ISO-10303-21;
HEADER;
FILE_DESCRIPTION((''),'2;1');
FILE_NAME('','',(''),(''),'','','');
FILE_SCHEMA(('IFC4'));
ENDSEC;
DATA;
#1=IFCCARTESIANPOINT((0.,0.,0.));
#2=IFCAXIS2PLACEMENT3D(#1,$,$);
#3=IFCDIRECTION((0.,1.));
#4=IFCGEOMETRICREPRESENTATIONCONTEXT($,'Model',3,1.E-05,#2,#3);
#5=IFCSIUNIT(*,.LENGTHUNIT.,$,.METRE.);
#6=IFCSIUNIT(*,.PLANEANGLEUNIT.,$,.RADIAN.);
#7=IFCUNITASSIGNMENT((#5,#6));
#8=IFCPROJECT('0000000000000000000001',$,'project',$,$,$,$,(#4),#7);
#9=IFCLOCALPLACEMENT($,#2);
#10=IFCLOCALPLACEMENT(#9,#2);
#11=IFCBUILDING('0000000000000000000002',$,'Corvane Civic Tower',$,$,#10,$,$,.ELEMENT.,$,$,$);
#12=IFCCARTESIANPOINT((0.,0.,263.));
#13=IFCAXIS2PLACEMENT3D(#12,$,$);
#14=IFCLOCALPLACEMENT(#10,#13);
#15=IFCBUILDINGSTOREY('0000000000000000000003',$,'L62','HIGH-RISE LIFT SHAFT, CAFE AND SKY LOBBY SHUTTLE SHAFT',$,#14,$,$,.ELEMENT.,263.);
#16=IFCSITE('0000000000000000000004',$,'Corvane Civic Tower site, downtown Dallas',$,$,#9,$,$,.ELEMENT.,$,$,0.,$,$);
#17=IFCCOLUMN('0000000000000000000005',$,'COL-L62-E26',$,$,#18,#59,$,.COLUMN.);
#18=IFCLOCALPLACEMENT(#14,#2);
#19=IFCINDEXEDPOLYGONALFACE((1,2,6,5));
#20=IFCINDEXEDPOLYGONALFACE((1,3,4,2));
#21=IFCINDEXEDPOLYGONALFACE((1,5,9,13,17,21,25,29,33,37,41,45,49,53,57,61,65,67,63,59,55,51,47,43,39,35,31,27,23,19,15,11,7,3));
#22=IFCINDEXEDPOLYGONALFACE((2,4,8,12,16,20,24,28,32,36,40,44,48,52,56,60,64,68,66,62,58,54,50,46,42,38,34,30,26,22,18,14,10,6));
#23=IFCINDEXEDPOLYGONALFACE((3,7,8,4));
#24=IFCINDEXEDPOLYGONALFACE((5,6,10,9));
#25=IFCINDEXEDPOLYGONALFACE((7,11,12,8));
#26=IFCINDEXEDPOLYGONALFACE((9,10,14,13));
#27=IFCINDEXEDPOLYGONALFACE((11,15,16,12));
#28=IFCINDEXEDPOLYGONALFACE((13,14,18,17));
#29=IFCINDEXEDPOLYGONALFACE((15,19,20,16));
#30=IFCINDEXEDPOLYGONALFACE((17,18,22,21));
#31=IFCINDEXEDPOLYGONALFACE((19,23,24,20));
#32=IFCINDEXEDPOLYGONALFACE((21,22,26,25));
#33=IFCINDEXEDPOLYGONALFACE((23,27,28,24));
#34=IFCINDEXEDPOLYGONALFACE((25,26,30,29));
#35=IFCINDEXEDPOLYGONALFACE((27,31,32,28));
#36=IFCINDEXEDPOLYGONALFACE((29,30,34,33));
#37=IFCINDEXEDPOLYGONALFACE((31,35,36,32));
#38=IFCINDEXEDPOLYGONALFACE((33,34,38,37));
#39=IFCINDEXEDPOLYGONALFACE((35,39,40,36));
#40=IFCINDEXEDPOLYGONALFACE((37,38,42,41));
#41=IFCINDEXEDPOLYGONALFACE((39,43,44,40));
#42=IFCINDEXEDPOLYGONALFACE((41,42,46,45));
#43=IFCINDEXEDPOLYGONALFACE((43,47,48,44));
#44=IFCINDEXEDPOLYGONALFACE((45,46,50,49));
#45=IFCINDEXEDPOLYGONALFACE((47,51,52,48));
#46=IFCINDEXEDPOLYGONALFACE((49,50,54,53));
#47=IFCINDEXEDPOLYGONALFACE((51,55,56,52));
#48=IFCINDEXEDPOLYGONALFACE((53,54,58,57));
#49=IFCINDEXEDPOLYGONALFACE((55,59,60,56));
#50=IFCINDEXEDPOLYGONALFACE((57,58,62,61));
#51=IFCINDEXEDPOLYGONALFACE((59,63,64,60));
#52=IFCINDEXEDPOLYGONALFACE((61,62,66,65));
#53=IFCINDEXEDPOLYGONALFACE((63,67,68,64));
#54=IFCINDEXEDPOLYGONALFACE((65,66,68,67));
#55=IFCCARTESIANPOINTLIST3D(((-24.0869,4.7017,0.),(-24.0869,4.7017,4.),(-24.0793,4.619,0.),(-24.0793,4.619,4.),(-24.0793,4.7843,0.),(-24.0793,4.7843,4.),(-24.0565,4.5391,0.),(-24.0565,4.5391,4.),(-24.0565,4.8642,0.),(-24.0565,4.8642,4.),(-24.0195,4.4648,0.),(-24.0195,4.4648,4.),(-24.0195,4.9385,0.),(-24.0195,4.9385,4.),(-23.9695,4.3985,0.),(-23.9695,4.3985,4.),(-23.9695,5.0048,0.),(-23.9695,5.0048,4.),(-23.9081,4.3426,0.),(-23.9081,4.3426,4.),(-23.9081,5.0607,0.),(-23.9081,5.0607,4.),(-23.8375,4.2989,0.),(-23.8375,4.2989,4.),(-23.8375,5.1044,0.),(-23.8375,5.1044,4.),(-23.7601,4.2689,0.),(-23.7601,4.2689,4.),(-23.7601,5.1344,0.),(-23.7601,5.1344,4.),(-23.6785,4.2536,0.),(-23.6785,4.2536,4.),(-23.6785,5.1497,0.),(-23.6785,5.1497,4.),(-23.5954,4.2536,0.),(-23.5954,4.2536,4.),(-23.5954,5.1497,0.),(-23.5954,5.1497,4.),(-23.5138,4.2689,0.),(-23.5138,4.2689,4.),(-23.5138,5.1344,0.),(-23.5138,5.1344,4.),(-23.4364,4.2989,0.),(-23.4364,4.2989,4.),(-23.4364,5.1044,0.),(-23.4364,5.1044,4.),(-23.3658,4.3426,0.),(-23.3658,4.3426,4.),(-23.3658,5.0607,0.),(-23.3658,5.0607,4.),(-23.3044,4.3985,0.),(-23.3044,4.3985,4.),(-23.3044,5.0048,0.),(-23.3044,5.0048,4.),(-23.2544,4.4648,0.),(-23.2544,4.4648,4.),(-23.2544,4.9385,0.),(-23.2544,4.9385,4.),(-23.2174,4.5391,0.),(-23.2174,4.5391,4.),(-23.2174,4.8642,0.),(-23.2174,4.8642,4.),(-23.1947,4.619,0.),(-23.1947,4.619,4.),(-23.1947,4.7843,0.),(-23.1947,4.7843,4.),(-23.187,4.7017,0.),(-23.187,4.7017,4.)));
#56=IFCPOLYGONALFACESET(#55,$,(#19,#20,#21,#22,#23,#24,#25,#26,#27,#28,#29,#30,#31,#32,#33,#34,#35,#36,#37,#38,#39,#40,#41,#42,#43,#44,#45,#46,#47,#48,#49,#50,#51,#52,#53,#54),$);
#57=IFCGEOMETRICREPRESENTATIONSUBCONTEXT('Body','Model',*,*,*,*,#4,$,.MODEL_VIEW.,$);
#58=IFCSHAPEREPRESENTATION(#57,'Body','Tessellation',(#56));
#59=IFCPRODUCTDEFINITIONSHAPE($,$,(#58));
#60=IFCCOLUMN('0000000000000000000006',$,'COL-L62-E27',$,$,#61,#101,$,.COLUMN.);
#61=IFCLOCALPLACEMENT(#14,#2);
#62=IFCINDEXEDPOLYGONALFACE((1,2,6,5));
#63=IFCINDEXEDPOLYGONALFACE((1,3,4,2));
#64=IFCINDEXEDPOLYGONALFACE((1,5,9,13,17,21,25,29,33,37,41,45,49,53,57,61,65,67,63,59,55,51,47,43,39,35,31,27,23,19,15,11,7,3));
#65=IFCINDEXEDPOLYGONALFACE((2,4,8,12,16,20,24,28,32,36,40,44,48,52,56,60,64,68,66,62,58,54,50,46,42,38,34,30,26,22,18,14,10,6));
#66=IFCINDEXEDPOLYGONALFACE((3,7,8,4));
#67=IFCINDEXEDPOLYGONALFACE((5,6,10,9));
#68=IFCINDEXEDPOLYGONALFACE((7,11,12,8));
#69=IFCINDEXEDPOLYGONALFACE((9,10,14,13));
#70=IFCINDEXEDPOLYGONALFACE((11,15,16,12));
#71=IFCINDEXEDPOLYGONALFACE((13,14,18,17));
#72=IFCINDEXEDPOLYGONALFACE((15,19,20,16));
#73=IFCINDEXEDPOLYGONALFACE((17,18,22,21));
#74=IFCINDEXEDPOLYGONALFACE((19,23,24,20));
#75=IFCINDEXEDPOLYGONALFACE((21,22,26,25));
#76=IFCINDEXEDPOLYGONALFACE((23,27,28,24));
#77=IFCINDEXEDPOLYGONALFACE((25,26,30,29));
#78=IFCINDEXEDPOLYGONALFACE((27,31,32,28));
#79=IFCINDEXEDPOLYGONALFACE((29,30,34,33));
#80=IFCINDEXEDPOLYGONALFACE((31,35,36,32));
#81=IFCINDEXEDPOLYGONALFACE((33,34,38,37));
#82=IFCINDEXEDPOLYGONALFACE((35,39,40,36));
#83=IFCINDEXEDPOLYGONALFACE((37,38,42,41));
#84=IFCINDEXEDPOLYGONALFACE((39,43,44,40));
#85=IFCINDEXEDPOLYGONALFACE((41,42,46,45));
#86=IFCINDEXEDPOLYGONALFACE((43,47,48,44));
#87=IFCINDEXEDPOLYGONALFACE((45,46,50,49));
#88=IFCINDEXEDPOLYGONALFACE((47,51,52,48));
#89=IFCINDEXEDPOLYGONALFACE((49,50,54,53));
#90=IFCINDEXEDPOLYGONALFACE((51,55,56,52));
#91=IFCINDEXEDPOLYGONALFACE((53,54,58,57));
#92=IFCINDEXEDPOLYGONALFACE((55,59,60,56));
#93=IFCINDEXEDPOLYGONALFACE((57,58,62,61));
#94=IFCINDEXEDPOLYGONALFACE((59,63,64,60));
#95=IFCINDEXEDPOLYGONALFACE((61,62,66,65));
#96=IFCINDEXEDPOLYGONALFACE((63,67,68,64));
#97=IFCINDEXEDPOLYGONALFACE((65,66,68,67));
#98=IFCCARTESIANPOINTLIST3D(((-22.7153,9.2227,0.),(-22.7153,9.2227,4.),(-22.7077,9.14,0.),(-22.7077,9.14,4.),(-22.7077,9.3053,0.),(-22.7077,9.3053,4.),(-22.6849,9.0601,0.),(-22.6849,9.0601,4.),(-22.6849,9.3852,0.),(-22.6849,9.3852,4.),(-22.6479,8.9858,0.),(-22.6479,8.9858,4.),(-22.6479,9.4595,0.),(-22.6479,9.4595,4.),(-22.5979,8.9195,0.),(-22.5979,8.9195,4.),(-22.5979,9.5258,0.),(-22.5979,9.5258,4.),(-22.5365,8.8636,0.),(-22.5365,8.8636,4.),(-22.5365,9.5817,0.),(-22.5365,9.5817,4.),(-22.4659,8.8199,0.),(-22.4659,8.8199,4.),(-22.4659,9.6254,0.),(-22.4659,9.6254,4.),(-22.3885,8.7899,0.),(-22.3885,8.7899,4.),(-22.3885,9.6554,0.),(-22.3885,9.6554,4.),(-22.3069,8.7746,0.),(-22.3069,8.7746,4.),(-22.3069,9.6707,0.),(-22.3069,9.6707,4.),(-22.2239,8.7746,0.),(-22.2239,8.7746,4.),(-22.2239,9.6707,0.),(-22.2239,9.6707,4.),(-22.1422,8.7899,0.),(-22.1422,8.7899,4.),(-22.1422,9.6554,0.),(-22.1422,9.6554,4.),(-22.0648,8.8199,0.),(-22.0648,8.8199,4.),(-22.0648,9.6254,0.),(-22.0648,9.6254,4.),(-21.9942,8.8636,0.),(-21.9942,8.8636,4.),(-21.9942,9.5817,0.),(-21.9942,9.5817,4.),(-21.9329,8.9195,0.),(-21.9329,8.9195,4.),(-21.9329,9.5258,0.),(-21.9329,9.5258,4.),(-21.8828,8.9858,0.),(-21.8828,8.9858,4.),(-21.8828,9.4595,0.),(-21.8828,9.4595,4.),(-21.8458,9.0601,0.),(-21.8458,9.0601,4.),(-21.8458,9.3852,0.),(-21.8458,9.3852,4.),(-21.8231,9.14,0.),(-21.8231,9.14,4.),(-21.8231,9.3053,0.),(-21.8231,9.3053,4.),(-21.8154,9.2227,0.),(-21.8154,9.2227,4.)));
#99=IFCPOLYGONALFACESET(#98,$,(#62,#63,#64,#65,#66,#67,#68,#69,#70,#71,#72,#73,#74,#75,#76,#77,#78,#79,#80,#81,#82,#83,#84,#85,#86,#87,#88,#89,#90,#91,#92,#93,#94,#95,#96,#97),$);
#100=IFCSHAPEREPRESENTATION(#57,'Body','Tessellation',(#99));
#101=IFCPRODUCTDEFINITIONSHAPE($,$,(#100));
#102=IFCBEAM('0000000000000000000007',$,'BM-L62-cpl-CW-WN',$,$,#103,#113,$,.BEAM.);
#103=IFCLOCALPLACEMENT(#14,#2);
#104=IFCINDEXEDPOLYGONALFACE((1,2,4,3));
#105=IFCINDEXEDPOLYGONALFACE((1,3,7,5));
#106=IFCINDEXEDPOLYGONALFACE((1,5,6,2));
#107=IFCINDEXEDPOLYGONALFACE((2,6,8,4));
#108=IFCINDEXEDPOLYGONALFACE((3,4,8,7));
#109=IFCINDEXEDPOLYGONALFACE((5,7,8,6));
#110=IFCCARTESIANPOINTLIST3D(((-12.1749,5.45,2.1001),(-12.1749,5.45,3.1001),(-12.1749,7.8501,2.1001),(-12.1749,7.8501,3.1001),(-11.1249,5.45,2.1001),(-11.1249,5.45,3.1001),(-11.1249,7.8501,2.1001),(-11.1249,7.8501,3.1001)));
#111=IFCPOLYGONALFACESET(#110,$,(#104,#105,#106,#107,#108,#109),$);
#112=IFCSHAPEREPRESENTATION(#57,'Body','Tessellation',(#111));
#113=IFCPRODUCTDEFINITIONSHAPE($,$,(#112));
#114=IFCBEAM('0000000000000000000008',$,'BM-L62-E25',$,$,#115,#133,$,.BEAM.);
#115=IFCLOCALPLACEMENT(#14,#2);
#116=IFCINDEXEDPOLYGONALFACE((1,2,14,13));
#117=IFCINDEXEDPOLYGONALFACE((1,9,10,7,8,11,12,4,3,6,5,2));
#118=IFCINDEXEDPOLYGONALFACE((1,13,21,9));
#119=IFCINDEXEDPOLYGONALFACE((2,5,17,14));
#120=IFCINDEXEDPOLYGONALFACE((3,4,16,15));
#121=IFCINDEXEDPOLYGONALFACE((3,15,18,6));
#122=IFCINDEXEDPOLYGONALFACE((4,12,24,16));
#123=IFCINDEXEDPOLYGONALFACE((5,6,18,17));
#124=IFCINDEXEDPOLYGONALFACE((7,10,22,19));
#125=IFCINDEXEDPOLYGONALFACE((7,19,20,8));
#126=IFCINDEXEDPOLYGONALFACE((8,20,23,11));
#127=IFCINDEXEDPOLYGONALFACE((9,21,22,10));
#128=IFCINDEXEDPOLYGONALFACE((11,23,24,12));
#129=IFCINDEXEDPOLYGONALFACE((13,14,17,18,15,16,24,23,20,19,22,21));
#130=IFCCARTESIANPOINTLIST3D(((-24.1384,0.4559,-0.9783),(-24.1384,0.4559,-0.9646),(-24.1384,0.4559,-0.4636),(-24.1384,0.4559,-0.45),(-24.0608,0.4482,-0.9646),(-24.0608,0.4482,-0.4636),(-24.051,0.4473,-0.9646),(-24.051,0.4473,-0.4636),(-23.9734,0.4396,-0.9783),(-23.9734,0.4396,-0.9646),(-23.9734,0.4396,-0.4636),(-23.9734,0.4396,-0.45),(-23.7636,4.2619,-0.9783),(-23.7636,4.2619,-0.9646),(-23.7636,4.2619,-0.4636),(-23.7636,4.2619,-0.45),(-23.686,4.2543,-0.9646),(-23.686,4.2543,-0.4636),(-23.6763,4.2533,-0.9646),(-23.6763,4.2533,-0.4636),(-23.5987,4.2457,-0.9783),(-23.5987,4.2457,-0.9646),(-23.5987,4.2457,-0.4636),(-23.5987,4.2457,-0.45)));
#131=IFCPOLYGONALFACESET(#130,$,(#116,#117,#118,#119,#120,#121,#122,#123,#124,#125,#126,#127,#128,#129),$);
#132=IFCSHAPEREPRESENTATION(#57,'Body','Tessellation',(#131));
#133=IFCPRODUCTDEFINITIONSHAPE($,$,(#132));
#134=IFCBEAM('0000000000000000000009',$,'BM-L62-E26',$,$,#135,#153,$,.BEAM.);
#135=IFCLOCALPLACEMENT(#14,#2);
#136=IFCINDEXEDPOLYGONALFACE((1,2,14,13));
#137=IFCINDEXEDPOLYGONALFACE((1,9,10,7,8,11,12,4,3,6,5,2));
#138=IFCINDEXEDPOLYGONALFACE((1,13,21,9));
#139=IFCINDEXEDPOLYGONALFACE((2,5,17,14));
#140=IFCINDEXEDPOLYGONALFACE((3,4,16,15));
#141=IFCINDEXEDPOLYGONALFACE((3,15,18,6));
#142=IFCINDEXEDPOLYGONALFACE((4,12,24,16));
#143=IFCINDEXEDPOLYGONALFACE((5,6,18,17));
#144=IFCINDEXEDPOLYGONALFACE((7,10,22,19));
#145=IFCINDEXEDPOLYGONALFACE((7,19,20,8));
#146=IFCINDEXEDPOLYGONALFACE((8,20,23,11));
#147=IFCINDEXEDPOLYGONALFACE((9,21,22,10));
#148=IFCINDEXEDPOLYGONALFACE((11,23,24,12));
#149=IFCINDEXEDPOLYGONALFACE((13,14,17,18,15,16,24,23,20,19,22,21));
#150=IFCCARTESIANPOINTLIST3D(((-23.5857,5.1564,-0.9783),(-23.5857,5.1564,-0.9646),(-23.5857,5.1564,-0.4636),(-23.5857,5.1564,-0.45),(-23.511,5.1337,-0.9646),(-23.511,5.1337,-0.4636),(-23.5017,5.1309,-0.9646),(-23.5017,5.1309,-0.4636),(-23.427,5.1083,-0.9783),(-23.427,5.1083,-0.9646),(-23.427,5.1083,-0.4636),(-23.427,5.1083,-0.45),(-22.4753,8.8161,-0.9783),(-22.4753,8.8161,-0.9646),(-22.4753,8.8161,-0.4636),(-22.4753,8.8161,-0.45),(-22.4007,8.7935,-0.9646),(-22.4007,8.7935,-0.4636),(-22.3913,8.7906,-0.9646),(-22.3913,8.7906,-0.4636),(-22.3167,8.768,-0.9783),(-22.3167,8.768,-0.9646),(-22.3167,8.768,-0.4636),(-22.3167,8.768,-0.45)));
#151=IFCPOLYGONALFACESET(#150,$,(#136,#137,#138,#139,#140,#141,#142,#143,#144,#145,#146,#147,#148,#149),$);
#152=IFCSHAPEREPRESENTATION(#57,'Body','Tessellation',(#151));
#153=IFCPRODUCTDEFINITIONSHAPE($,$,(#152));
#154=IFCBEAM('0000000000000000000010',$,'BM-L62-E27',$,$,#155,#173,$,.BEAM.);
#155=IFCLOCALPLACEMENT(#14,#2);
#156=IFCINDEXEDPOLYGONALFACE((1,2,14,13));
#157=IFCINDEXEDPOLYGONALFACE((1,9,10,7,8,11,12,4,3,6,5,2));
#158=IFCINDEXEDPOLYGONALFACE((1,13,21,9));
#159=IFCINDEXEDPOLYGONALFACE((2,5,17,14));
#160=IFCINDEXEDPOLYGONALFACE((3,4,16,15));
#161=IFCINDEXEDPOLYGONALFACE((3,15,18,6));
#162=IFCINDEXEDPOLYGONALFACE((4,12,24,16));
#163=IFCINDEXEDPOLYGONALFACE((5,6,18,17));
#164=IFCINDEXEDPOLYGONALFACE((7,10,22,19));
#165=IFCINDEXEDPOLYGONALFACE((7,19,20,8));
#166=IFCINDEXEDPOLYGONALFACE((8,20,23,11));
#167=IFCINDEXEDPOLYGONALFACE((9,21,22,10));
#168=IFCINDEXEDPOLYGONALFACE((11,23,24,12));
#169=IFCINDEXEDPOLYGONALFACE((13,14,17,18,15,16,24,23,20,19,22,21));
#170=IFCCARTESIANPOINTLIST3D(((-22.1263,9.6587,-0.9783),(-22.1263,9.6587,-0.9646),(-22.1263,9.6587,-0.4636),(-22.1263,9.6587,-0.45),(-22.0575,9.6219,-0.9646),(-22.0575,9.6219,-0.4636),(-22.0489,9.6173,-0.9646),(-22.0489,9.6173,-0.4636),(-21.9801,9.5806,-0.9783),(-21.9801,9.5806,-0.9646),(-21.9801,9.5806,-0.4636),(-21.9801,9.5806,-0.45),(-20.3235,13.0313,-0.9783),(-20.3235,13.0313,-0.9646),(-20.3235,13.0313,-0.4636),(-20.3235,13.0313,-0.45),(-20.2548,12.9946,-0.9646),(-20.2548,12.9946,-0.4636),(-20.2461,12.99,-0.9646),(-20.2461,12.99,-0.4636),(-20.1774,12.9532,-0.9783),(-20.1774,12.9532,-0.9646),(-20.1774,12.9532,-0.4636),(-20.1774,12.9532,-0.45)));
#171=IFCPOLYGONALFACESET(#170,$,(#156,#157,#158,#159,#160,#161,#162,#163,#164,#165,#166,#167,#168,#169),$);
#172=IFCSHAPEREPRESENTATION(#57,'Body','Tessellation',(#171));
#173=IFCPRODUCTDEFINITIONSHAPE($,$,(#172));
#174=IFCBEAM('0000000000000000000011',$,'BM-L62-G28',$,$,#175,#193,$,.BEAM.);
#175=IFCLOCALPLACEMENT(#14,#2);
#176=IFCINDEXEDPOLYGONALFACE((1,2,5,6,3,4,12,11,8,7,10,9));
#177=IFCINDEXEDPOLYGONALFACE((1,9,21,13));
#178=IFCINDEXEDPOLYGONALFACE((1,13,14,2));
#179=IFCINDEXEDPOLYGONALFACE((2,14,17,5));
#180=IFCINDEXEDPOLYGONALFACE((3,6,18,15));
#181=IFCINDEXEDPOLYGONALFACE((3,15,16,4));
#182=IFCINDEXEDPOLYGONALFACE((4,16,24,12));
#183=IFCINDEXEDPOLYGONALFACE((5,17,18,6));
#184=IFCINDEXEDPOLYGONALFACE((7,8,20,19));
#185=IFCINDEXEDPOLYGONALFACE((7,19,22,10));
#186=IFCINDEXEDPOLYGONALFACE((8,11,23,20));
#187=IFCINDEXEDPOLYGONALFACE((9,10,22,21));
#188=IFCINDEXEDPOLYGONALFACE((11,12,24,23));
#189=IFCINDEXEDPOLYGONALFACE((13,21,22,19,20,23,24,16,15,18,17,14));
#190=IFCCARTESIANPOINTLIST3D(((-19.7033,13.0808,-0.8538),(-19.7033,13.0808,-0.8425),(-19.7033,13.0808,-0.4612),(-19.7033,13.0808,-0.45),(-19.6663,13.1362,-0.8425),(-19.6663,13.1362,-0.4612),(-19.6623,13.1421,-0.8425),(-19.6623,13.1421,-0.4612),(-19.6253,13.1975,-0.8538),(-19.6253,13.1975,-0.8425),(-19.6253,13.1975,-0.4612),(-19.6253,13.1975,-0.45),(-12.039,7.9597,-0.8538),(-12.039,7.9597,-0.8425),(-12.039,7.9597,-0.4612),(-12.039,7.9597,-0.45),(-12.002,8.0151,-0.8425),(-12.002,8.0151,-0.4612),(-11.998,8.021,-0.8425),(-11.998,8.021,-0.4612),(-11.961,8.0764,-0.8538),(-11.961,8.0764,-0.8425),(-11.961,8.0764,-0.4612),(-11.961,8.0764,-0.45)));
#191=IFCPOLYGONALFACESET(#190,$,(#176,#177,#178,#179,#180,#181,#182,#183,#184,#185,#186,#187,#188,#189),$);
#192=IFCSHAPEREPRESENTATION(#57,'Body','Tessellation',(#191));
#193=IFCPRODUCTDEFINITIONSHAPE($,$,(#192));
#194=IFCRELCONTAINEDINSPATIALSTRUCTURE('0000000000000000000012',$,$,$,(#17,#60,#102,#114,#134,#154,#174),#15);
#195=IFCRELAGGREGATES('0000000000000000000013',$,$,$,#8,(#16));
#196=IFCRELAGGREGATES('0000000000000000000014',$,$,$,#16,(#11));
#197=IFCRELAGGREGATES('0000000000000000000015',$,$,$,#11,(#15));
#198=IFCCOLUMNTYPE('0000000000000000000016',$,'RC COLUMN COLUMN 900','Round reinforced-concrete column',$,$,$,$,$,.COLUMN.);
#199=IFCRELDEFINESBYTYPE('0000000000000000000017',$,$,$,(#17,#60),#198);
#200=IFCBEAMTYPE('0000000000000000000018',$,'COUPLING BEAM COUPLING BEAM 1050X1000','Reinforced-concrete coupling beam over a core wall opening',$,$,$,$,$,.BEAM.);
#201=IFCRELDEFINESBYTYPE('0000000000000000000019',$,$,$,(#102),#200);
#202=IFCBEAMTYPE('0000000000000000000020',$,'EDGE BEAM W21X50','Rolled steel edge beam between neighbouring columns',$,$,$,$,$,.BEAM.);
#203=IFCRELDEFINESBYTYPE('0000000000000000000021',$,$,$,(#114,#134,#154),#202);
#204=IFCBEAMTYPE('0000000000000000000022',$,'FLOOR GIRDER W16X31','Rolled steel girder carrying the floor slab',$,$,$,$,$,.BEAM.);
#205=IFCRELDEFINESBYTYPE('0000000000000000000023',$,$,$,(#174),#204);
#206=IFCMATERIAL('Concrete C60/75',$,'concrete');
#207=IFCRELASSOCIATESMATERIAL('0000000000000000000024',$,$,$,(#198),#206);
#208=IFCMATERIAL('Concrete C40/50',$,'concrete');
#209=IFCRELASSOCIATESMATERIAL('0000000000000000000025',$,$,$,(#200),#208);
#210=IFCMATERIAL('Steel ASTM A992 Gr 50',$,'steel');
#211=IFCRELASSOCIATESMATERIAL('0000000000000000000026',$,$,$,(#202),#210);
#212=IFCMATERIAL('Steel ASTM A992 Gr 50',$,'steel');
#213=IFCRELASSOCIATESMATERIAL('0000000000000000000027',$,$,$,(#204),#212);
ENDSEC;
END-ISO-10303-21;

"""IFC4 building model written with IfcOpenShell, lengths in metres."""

from ifc_helpers import new_model, si_unit, direction, frame, origin, origin_2d, place, context, subcontext, project, spatial, rectangle, circle, i_section, extrude, material, material_profile, profile_set, type_object, element, save


model = new_model("IFC4")

# Units and contexts
model_context = context("Model", 3, precision=1e-05, world=origin(), true_north=direction((0.0, 1.0)))
body_context = subcontext(model_context, "Body", "Model", "MODEL_VIEW")
ifc_project = project(units=[si_unit("LENGTHUNIT", "METRE"), si_unit("PLANEANGLEUNIT", "RADIAN")], contexts=[model_context])

# Site, building, storey
site_placement = place(None, origin())
site = spatial("IfcSite", under=ifc_project, at=site_placement, Name="Corvane Civic Tower site, downtown Dallas", CompositionType="ELEMENT", RefElevation=0.0)
building_placement = place(site_placement, origin())
building = spatial("IfcBuilding", under=site, at=building_placement, Name="Corvane Civic Tower", CompositionType="ELEMENT")
storey_placement = place(building_placement, frame((0.0, 0.0, 263.0)))
storey = spatial("IfcBuildingStorey", under=building, at=storey_placement, Name="L62", Description="HIGH-RISE LIFT SHAFT, CAFE AND SKY LOBBY SHUTTLE SHAFT", CompositionType="ELEMENT", Elevation=263.0)

# Columns
ifc_material_1 = material(Name="Concrete C60/75", Category="concrete")
ifc_material_profile_1 = material_profile(ifc_material_1, circle(Radius=0.45, at=origin_2d()), Name="COLUMN 900")
ifc_profile_set_1 = profile_set([ifc_material_profile_1], Name="Concrete C60/75")
column_type = type_object("IfcColumnType", Name="RC COLUMN COLUMN 900", Description="Round reinforced-concrete column", PredefinedType="COLUMN", material=ifc_profile_set_1)
for number, where, z_axis, x_axis, name in (
    (1, (-23.637, 4.7017, 0.0), (0.0, 0.0, 1.0), (1.0, 0.0, 0.0), "COL-L62-E26"),
    (2, (-22.2654, 9.2227, 0.0), (0.0, 0.0, 1.0), (1.0, 0.0, 0.0), "COL-L62-E27"),
):
    element("IfcColumn", number, at=place(storey_placement, frame(where, z_axis=z_axis, x_axis=x_axis)), inside=storey, type_object=column_type, Name=name, PredefinedType="COLUMN", context=body_context, shape_type="SweptSolid", body=[
        extrude(circle(Radius=0.45, at=origin_2d()), origin(), (0.0, 0.0, 1.0), 4.0),
    ])

# Beams
ifc_material_2 = material(Name="Concrete C40/50", Category="concrete")
ifc_material_profile_2 = material_profile(ifc_material_2, rectangle(XDim=1.05, YDim=1.0, at=origin_2d()), Name="COUPLING BEAM 1050X1000")
ifc_profile_set_2 = profile_set([ifc_material_profile_2], Name="Concrete C40/50")
beam_type_1 = type_object("IfcBeamType", Name="COUPLING BEAM COUPLING BEAM 1050X1000", Description="Reinforced-concrete coupling beam over a core wall opening", PredefinedType="BEAM", material=ifc_profile_set_2)
beam_1_placement = place(storey_placement, frame((-11.6499, 5.45, 2.6001), z_axis=(0.0, 1.0, 0.0), x_axis=(-1.0, 0.0, 0.0)))
element("IfcBeam", 3, at=beam_1_placement, inside=storey, type_object=beam_type_1, Name="BM-L62-cpl-CW-WN", PredefinedType="BEAM", context=body_context, shape_type="SweptSolid", body=[
    extrude(rectangle(XDim=1.05, YDim=1.0, at=origin_2d()), origin(), (0.0, 0.0, 1.0), 2.4001),
])
ifc_material_3 = material(Name="Steel ASTM A992 Gr 50", Category="steel")
ifc_material_profile_3 = material_profile(ifc_material_3, i_section(OverallWidth=0.1658, OverallDepth=0.5283, WebThickness=0.0098, FlangeThickness=0.0137, at=origin_2d()), Name="W21X50")
ifc_profile_set_3 = profile_set([ifc_material_profile_3], Name="Steel ASTM A992 Gr 50")
beam_type_2 = type_object("IfcBeamType", Name="EDGE BEAM W21X50", Description="Rolled steel edge beam between neighbouring columns", PredefinedType="BEAM", material=ifc_profile_set_3)
for number, where, z_axis, x_axis, name in (
    (4, (-24.0559, 0.4478, -0.7141), (0.097987, 0.995188, 0.0), (-0.995188, 0.097987, 0.0), "BM-L62-E25"),
    (5, (-23.5063, 5.1323, -0.7141), (0.290333, 0.956926, 0.0), (-0.956926, 0.290333, 0.0), "BM-L62-E26"),
):
    element("IfcBeam", number, at=place(storey_placement, frame(where, z_axis=z_axis, x_axis=x_axis)), inside=storey, type_object=beam_type_2, Name=name, PredefinedType="BEAM", context=body_context, shape_type="SweptSolid", body=[
        extrude(i_section(OverallWidth=0.1658, OverallDepth=0.5283, WebThickness=0.0098, FlangeThickness=0.0137, at=origin_2d()), origin(), (0.0, 0.0, 1.0), 3.8245),
    ])
beam_2_placement = place(storey_placement, frame((-22.0532, 9.6196, -0.7141), z_axis=(0.47141, 0.881914, 0.0), x_axis=(-0.881914, 0.47141, 0.0)))
element("IfcBeam", 6, at=beam_2_placement, inside=storey, type_object=beam_type_2, Name="BM-L62-E27", PredefinedType="BEAM", context=body_context, shape_type="SweptSolid", body=[
    extrude(i_section(OverallWidth=0.1658, OverallDepth=0.5283, WebThickness=0.0098, FlangeThickness=0.0137, at=origin_2d()), origin(), (0.0, 0.0, 1.0), 3.8242),
])
ifc_material_4 = material(Name="Steel ASTM A992 Gr 50", Category="steel")
ifc_material_profile_4 = material_profile(ifc_material_4, i_section(OverallWidth=0.1404, OverallDepth=0.4038, WebThickness=0.0071, FlangeThickness=0.0112, at=origin_2d()), Name="W16X31")
ifc_profile_set_4 = profile_set([ifc_material_profile_4], Name="Steel ASTM A992 Gr 50")
beam_type_3 = type_object("IfcBeamType", Name="FLOOR GIRDER W16X31", Description="Rolled steel girder carrying the floor slab", PredefinedType="BEAM", material=ifc_profile_set_4)
beam_3_placement = place(storey_placement, frame((-12.0, 8.0181, -0.6519), z_axis=(-0.831471, 0.555568, 0.0), x_axis=(-0.555568, -0.831471, 0.0)))
element("IfcBeam", 7, at=beam_3_placement, inside=storey, type_object=beam_type_3, Name="BM-L62-G28", PredefinedType="BEAM", context=body_context, shape_type="SweptSolid", body=[
    extrude(i_section(OverallWidth=0.1404, OverallDepth=0.4038, WebThickness=0.0071, FlangeThickness=0.0112, at=origin_2d()), origin(), (0.0, 0.0, 1.0), 9.2178),
])

save(model, "model.ifc")
